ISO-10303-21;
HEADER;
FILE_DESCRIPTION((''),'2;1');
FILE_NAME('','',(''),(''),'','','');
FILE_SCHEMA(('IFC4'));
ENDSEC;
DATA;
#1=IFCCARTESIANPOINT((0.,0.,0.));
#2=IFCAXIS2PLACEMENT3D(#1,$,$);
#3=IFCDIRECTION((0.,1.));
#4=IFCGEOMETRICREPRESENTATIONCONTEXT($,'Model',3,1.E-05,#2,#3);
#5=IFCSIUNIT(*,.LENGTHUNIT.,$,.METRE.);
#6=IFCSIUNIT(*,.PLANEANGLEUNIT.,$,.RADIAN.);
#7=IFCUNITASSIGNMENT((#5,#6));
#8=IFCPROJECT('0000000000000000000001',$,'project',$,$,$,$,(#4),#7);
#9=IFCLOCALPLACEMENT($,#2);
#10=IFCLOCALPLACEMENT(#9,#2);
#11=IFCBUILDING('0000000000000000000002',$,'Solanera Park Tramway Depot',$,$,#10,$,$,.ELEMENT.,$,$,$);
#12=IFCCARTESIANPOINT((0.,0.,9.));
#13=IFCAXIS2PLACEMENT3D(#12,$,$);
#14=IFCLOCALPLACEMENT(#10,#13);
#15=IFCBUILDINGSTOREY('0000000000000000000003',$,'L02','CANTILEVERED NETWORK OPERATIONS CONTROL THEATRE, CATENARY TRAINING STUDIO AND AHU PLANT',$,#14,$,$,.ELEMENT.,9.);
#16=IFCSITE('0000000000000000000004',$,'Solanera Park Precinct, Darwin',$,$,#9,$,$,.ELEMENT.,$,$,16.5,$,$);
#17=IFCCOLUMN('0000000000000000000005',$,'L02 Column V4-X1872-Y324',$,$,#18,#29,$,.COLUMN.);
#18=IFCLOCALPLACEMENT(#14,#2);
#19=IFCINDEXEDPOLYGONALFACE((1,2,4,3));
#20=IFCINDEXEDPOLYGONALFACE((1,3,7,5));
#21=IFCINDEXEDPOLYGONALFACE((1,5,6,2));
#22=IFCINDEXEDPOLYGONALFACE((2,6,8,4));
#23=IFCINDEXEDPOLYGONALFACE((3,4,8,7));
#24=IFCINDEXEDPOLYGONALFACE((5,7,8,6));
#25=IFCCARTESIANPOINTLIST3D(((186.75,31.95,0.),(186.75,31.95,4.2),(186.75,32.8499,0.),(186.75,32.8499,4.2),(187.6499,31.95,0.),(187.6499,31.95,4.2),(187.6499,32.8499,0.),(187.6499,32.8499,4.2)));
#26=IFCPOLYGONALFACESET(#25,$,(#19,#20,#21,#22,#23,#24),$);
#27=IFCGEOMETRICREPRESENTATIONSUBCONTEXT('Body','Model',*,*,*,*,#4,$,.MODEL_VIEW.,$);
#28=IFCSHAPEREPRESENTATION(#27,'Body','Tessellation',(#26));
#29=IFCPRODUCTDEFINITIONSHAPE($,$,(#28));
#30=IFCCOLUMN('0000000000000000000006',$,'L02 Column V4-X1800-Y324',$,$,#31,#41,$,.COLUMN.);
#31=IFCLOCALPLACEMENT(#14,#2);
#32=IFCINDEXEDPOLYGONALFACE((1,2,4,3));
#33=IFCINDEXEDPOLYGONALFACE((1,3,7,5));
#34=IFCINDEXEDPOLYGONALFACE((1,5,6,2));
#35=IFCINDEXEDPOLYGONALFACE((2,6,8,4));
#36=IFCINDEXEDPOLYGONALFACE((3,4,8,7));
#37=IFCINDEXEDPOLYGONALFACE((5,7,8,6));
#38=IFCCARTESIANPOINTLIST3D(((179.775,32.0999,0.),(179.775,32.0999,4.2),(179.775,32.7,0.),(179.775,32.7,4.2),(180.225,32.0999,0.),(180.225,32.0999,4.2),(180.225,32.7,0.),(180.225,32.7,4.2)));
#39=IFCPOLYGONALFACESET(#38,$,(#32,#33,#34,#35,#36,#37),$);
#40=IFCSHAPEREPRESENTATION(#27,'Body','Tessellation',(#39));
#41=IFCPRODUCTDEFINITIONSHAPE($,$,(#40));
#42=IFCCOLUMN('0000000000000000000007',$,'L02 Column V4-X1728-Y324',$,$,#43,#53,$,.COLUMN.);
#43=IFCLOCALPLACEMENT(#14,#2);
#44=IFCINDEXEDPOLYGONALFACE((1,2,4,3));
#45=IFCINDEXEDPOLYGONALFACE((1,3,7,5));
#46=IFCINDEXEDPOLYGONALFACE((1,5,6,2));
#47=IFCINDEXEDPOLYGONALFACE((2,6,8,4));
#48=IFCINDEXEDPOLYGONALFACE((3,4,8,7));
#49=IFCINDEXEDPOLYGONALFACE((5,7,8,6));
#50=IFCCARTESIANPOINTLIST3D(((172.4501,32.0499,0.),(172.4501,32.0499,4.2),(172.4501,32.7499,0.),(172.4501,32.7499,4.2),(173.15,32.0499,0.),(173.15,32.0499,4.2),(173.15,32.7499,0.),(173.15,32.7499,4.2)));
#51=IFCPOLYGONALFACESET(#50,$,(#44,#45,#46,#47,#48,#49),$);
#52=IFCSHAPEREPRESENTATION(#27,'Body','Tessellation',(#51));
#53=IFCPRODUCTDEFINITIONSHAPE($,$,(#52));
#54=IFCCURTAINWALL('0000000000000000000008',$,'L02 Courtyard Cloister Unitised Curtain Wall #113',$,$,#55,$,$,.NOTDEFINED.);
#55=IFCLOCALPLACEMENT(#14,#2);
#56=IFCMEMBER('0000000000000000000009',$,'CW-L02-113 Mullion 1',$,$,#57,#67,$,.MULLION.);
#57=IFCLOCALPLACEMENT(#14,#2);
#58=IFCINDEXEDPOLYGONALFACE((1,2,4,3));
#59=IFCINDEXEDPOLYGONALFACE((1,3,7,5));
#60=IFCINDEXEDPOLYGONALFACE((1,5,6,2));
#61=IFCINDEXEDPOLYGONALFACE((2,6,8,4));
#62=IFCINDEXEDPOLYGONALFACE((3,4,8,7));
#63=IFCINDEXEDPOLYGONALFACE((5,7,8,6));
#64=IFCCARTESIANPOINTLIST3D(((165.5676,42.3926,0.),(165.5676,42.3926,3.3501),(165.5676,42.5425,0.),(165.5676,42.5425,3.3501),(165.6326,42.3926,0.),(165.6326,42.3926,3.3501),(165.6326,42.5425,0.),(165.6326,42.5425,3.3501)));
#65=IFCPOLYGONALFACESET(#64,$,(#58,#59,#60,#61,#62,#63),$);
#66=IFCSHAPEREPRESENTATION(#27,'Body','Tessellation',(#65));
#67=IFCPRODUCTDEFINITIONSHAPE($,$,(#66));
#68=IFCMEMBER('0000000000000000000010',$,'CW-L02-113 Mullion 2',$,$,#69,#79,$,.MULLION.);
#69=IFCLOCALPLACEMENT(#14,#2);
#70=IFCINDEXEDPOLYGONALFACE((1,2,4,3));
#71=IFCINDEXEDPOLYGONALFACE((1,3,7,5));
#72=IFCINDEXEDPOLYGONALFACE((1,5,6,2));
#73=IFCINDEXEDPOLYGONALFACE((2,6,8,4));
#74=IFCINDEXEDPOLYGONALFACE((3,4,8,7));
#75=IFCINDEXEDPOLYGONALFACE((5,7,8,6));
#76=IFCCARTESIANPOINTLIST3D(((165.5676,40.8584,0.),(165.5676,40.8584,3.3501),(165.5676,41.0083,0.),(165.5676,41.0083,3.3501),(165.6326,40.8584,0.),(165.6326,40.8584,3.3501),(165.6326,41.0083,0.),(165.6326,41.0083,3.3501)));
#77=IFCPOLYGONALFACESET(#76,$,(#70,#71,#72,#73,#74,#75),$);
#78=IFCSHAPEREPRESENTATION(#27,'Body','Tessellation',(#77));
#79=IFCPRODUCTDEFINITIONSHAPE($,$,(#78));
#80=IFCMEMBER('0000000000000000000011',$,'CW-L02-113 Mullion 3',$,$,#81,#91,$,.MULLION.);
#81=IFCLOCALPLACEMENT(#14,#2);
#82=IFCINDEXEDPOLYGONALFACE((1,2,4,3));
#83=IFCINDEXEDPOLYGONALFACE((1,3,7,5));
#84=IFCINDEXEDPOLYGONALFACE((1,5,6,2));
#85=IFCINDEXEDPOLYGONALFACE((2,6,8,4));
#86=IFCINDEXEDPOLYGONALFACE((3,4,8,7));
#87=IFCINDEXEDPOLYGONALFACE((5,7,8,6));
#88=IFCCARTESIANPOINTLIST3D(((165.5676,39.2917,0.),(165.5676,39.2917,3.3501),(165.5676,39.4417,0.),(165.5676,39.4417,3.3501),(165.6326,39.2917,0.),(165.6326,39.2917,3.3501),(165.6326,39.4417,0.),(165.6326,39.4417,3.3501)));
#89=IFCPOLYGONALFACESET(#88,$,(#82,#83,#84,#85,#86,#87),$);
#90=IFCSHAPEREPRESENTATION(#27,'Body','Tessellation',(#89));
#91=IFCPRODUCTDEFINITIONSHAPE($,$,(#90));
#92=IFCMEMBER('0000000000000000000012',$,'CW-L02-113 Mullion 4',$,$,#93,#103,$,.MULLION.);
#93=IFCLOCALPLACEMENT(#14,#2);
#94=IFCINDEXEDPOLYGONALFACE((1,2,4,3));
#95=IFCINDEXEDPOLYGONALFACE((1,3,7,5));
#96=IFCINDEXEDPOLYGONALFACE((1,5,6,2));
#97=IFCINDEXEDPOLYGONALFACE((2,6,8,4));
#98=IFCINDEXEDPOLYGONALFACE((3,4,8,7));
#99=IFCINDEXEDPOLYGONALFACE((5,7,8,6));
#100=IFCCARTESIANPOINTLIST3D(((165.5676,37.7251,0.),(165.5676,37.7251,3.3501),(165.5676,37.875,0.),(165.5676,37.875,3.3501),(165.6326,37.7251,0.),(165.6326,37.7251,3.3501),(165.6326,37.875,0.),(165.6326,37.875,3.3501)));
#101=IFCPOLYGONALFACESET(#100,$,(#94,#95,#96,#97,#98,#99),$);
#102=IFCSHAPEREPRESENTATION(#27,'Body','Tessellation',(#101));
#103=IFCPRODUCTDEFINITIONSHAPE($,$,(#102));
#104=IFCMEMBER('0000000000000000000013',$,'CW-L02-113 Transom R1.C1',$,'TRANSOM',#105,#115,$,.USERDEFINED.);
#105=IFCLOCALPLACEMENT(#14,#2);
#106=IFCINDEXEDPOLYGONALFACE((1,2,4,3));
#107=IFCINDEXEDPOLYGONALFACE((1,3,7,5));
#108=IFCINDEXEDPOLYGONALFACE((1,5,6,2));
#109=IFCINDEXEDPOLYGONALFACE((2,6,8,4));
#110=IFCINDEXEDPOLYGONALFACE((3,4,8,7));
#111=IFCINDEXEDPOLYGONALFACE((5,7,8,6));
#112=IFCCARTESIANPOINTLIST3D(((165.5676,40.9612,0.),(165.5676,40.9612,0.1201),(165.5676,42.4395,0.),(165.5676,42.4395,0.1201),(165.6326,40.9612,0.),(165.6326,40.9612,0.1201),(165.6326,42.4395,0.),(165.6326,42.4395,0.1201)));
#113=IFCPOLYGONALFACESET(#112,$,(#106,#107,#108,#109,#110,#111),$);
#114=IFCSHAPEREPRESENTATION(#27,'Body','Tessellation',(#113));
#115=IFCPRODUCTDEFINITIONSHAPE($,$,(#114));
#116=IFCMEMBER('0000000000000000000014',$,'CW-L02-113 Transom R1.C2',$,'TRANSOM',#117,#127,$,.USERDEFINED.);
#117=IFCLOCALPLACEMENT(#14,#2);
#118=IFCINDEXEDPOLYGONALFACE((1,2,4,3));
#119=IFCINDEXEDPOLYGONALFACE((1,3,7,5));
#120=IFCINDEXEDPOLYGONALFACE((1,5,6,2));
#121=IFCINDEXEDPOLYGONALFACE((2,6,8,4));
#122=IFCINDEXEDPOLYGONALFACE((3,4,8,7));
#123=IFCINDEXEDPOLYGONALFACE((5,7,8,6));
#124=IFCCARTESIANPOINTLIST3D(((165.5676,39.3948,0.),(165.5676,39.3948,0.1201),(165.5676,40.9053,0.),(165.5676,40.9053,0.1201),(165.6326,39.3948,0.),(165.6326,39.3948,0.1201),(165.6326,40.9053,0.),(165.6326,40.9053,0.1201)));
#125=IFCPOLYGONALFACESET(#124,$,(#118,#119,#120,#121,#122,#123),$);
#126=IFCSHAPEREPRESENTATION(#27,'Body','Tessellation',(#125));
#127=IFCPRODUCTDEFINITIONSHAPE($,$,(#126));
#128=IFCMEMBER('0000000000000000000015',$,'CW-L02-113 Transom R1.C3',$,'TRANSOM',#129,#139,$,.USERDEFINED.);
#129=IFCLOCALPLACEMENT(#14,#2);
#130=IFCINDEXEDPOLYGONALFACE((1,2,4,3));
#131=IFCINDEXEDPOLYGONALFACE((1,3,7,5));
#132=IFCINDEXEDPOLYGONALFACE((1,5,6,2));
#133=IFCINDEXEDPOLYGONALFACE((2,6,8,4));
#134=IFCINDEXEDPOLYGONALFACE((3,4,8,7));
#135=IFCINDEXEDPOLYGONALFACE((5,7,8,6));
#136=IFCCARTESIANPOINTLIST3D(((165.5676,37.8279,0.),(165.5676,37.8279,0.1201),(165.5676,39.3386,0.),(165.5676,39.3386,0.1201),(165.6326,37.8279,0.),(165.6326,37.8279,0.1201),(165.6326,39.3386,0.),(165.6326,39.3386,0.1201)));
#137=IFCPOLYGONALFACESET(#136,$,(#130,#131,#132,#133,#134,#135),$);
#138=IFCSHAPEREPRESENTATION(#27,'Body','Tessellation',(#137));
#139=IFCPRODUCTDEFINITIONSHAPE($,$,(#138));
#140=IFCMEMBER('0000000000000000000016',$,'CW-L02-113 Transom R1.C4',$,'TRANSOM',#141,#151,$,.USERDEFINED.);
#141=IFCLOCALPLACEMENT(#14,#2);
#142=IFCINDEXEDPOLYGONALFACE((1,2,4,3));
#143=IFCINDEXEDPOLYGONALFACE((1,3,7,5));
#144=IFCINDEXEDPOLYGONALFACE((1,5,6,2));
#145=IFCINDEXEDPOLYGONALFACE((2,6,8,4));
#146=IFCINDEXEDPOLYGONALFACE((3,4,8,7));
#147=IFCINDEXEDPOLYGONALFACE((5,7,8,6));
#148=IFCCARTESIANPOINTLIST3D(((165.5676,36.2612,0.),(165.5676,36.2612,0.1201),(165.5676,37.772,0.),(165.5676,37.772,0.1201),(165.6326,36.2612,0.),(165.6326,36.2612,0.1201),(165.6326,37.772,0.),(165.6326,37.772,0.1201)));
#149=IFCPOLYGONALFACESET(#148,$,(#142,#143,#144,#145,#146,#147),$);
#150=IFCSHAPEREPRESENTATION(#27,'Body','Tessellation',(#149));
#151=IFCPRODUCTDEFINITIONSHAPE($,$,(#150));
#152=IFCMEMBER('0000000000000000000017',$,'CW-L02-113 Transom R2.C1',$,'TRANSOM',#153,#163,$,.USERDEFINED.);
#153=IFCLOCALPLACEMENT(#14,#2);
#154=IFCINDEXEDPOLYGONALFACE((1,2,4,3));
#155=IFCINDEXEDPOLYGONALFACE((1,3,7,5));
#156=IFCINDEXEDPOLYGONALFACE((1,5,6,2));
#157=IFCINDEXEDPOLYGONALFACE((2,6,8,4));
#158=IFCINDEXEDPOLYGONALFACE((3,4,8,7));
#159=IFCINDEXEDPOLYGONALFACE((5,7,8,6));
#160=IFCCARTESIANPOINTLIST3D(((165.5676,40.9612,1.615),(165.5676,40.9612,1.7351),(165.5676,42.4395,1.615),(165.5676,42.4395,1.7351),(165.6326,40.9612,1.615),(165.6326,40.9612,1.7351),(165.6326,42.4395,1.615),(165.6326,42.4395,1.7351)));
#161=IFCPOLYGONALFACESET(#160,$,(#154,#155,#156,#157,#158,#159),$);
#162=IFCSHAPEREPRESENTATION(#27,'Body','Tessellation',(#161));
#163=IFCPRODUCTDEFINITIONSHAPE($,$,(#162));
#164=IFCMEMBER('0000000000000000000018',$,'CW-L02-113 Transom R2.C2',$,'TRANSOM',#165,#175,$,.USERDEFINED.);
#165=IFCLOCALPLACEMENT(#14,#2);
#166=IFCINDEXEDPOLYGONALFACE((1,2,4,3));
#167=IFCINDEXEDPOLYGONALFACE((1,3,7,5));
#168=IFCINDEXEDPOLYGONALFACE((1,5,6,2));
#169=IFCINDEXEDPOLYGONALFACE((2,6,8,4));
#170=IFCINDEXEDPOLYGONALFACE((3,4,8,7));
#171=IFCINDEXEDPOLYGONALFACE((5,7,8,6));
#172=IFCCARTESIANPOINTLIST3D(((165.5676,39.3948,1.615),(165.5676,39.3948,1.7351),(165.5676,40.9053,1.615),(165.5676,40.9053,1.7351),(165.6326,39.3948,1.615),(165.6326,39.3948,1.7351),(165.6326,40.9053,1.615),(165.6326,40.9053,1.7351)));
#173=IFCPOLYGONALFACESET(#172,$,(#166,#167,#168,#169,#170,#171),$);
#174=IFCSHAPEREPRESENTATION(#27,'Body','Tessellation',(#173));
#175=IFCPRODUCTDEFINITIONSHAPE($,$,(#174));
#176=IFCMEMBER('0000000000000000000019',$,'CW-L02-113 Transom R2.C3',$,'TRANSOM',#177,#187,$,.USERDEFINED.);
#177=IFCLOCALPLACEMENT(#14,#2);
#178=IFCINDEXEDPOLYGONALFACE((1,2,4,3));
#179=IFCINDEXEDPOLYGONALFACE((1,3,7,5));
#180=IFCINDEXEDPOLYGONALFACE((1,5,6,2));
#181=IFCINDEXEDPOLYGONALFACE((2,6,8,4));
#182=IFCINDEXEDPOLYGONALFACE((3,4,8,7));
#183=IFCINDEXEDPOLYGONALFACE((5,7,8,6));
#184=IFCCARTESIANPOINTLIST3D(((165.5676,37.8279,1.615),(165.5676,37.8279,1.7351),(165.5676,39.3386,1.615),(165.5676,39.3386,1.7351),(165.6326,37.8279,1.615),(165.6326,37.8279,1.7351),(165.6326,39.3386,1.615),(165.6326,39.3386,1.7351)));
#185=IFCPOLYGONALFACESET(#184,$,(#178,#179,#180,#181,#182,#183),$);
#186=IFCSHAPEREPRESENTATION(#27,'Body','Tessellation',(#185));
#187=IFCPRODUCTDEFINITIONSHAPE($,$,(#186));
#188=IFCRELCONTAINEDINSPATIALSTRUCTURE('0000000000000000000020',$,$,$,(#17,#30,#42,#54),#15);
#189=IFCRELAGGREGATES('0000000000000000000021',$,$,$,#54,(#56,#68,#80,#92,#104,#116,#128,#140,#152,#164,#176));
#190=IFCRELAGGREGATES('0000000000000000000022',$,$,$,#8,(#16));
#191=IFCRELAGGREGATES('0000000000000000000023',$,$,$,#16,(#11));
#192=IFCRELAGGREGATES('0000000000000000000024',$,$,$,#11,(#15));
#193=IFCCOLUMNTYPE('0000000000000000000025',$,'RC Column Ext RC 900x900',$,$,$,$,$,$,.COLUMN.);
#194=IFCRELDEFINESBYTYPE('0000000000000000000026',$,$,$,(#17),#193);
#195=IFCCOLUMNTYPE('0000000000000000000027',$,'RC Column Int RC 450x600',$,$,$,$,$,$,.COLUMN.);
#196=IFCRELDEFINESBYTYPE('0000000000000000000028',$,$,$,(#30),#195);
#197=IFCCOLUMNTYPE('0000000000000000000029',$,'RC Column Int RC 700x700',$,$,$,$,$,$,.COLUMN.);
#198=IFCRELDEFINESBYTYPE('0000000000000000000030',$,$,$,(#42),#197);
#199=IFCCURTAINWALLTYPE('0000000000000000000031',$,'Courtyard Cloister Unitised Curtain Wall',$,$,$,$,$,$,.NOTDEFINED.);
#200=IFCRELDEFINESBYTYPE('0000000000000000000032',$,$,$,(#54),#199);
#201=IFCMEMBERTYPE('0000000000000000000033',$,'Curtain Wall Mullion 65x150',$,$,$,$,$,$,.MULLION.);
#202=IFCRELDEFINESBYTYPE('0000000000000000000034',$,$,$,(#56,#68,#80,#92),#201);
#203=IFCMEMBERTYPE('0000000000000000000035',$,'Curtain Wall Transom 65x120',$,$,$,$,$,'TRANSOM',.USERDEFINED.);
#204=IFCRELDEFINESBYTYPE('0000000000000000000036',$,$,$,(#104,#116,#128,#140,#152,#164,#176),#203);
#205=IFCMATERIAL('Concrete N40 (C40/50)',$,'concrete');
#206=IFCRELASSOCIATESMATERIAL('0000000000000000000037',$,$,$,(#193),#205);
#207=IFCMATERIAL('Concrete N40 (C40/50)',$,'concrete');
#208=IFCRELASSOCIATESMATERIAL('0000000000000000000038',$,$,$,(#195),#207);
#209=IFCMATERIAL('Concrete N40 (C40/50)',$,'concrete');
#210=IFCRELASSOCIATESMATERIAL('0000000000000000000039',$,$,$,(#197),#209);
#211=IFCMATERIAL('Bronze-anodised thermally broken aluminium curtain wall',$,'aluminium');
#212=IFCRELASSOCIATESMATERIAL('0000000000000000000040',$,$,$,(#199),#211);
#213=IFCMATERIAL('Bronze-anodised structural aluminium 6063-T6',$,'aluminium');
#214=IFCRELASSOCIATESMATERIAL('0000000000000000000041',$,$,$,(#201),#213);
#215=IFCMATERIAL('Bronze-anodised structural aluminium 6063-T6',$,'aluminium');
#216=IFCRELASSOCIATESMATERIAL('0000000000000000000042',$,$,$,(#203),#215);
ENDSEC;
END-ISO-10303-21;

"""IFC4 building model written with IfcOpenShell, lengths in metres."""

from ifc_helpers import new_model, si_unit, direction, frame, origin, origin_2d, place, context, subcontext, project, spatial, rectangle, extrude, material, material_profile, profile_set, type_object, element, aggregate, save


model = new_model("IFC4")

# Units and contexts
model_context = context("Model", 3, precision=1e-05, world=origin(), true_north=direction((0.0, 1.0)))
body_context = subcontext(model_context, "Body", "Model", "MODEL_VIEW")
ifc_project = project(units=[si_unit("LENGTHUNIT", "METRE"), si_unit("PLANEANGLEUNIT", "RADIAN")], contexts=[model_context])

# Site, building, storey
site_placement = place(None, origin())
site = spatial("IfcSite", under=ifc_project, at=site_placement, Name="Solanera Park Precinct, Darwin", CompositionType="ELEMENT", RefElevation=16.5)
building_placement = place(site_placement, origin())
building = spatial("IfcBuilding", under=site, at=building_placement, Name="Solanera Park Tramway Depot", CompositionType="ELEMENT")
storey_placement = place(building_placement, frame((0.0, 0.0, 9.0)))
storey = spatial("IfcBuildingStorey", under=building, at=storey_placement, Name="L02", Description="CANTILEVERED NETWORK OPERATIONS CONTROL THEATRE, CATENARY TRAINING STUDIO AND AHU PLANT", CompositionType="ELEMENT", Elevation=9.0)

# Columns
ifc_material_1 = material(Name="Concrete N40 (C40/50)", Category="concrete")
ifc_material_profile_1 = material_profile(ifc_material_1, rectangle(XDim=0.8999, YDim=0.8999, at=origin_2d()), Name="RC 900x900")
ifc_profile_set_1 = profile_set([ifc_material_profile_1], Name="Concrete N40 (C40/50)")
column_type_1 = type_object("IfcColumnType", Name="RC Column Ext RC 900x900", PredefinedType="COLUMN", material=ifc_profile_set_1)
column_1_placement = place(storey_placement, frame((187.2, 32.3999, 0.0), z_axis=(0.0, 0.0, 1.0), x_axis=(1.0, 0.0, 0.0)))
element("IfcColumn", 1, at=column_1_placement, inside=storey, type_object=column_type_1, Name="L02 Column V4-X1872-Y324", PredefinedType="COLUMN", context=body_context, shape_type="SweptSolid", body=[
    extrude(rectangle(XDim=0.8999, YDim=0.8999, at=origin_2d()), origin(), (0.0, 0.0, 1.0), 4.2),
])
ifc_material_2 = material(Name="Concrete N40 (C40/50)", Category="concrete")
ifc_material_profile_2 = material_profile(ifc_material_2, rectangle(XDim=0.45, YDim=0.6001, at=origin_2d()), Name="RC 450x600")
ifc_profile_set_2 = profile_set([ifc_material_profile_2], Name="Concrete N40 (C40/50)")
column_type_2 = type_object("IfcColumnType", Name="RC Column Int RC 450x600", PredefinedType="COLUMN", material=ifc_profile_set_2)
column_2_placement = place(storey_placement, frame((180.0, 32.3999, 0.0), z_axis=(0.0, 0.0, 1.0), x_axis=(1.0, 0.0, 0.0)))
element("IfcColumn", 2, at=column_2_placement, inside=storey, type_object=column_type_2, Name="L02 Column V4-X1800-Y324", PredefinedType="COLUMN", context=body_context, shape_type="SweptSolid", body=[
    extrude(rectangle(XDim=0.45, YDim=0.6001, at=origin_2d()), origin(), (0.0, 0.0, 1.0), 4.2),
])
ifc_material_3 = material(Name="Concrete N40 (C40/50)", Category="concrete")
ifc_material_profile_3 = material_profile(ifc_material_3, rectangle(XDim=0.7, YDim=0.7, at=origin_2d()), Name="RC 700x700")
ifc_profile_set_3 = profile_set([ifc_material_profile_3], Name="Concrete N40 (C40/50)")
column_type_3 = type_object("IfcColumnType", Name="RC Column Int RC 700x700", PredefinedType="COLUMN", material=ifc_profile_set_3)
column_3_placement = place(storey_placement, frame((172.8, 32.3999, 0.0), z_axis=(0.0, 0.0, 1.0), x_axis=(1.0, 0.0, 0.0)))
element("IfcColumn", 3, at=column_3_placement, inside=storey, type_object=column_type_3, Name="L02 Column V4-X1728-Y324", PredefinedType="COLUMN", context=body_context, shape_type="SweptSolid", body=[
    extrude(rectangle(XDim=0.7, YDim=0.7, at=origin_2d()), origin(), (0.0, 0.0, 1.0), 4.2),
])

# Curtain wall, members
ifc_material_4 = material(Name="Bronze-anodised thermally broken aluminium curtain wall", Category="aluminium")
curtain_wall_type = type_object("IfcCurtainWallType", Name="Courtyard Cloister Unitised Curtain Wall", PredefinedType="NOTDEFINED", material=ifc_material_4)
curtain_wall_placement = place(storey_placement, origin())
curtain_wall = element("IfcCurtainWall", 4, at=curtain_wall_placement, inside=storey, type_object=curtain_wall_type, Name="L02 Courtyard Cloister Unitised Curtain Wall #113", PredefinedType="NOTDEFINED")
ifc_material_5 = material(Name="Bronze-anodised structural aluminium 6063-T6", Category="aluminium")
ifc_material_profile_4 = material_profile(ifc_material_5, rectangle(XDim=0.0649, YDim=0.1499, at=origin_2d()), Name="Curtain Wall Mullion 65x150")
ifc_profile_set_4 = profile_set([ifc_material_profile_4], Name="Bronze-anodised structural aluminium 6063-T6")
member_type_1 = type_object("IfcMemberType", Name="Curtain Wall Mullion 65x150", PredefinedType="MULLION", material=ifc_profile_set_4)
member_1_placement = place(storey_placement, frame((165.6001, 42.4675, 0.0), z_axis=(0.0, 0.0, 1.0), x_axis=(1.0, 0.0, 0.0)))
member_1 = element("IfcMember", 5, at=member_1_placement, type_object=member_type_1, Name="CW-L02-113 Mullion 1", PredefinedType="MULLION", context=body_context, shape_type="SweptSolid", body=[
    extrude(rectangle(XDim=0.0649, YDim=0.1499, at=origin_2d()), origin(), (0.0, 0.0, 1.0), 3.3501),
])
member_2_placement = place(storey_placement, frame((165.6001, 40.9333, 0.0), z_axis=(0.0, 0.0, 1.0), x_axis=(1.0, 0.0, 0.0)))
member_2 = element("IfcMember", 6, at=member_2_placement, type_object=member_type_1, Name="CW-L02-113 Mullion 2", PredefinedType="MULLION", context=body_context, shape_type="SweptSolid", body=[
    extrude(rectangle(XDim=0.0649, YDim=0.1499, at=origin_2d()), origin(), (0.0, 0.0, 1.0), 3.3501),
])
member_3_placement = place(storey_placement, frame((165.6001, 39.3667, 0.0), z_axis=(0.0, 0.0, 1.0), x_axis=(1.0, 0.0, 0.0)))
member_3 = element("IfcMember", 7, at=member_3_placement, type_object=member_type_1, Name="CW-L02-113 Mullion 3", PredefinedType="MULLION", context=body_context, shape_type="SweptSolid", body=[
    extrude(rectangle(XDim=0.0649, YDim=0.1499, at=origin_2d()), origin(), (0.0, 0.0, 1.0), 3.3501),
])
member_4_placement = place(storey_placement, frame((165.6001, 37.8, 0.0), z_axis=(0.0, 0.0, 1.0), x_axis=(1.0, 0.0, 0.0)))
member_4 = element("IfcMember", 8, at=member_4_placement, type_object=member_type_1, Name="CW-L02-113 Mullion 4", PredefinedType="MULLION", context=body_context, shape_type="SweptSolid", body=[
    extrude(rectangle(XDim=0.0649, YDim=0.1499, at=origin_2d()), origin(), (0.0, 0.0, 1.0), 3.3501),
])
ifc_material_6 = material(Name="Bronze-anodised structural aluminium 6063-T6", Category="aluminium")
ifc_material_profile_5 = material_profile(ifc_material_6, rectangle(XDim=0.0649, YDim=0.1201, at=origin_2d()), Name="Curtain Wall Transom 65x120")
ifc_profile_set_5 = profile_set([ifc_material_profile_5], Name="Bronze-anodised structural aluminium 6063-T6")
member_type_2 = type_object("IfcMemberType", Name="Curtain Wall Transom 65x120", ElementType="TRANSOM", PredefinedType="USERDEFINED", material=ifc_profile_set_5)
member_5_placement = place(storey_placement, frame((165.6001, 42.4395, 0.0601), z_axis=(0.0, -1.0, 0.0), x_axis=(1.0, 0.0, 0.0)))
member_5 = element("IfcMember", 9, at=member_5_placement, type_object=member_type_2, Name="CW-L02-113 Transom R1.C1", ObjectType="TRANSOM", PredefinedType="USERDEFINED", context=body_context, shape_type="SweptSolid", body=[
    extrude(rectangle(XDim=0.0649, YDim=0.1201, at=origin_2d()), origin(), (0.0, 0.0, 1.0), 1.4783),
])
member_6_placement = place(storey_placement, frame((165.6001, 40.9053, 0.0601), z_axis=(0.0, -1.0, 0.0), x_axis=(1.0, 0.0, 0.0)))
member_6 = element("IfcMember", 10, at=member_6_placement, type_object=member_type_2, Name="CW-L02-113 Transom R1.C2", ObjectType="TRANSOM", PredefinedType="USERDEFINED", context=body_context, shape_type="SweptSolid", body=[
    extrude(rectangle(XDim=0.0649, YDim=0.1201, at=origin_2d()), origin(), (0.0, 0.0, 1.0), 1.5105),
])
member_7_placement = place(storey_placement, frame((165.6001, 39.3386, 0.0601), z_axis=(0.0, -1.0, 0.0), x_axis=(1.0, 0.0, 0.0)))
member_7 = element("IfcMember", 11, at=member_7_placement, type_object=member_type_2, Name="CW-L02-113 Transom R1.C3", ObjectType="TRANSOM", PredefinedType="USERDEFINED", context=body_context, shape_type="SweptSolid", body=[
    extrude(rectangle(XDim=0.0649, YDim=0.1201, at=origin_2d()), origin(), (0.0, 0.0, 1.0), 1.5107),
])
member_8_placement = place(storey_placement, frame((165.6001, 37.772, 0.0601), z_axis=(0.0, -1.0, 0.0), x_axis=(1.0, 0.0, 0.0)))
member_8 = element("IfcMember", 12, at=member_8_placement, type_object=member_type_2, Name="CW-L02-113 Transom R1.C4", ObjectType="TRANSOM", PredefinedType="USERDEFINED", context=body_context, shape_type="SweptSolid", body=[
    extrude(rectangle(XDim=0.0649, YDim=0.1201, at=origin_2d()), origin(), (0.0, 0.0, 1.0), 1.5107),
])
member_9_placement = place(storey_placement, frame((165.6001, 42.4395, 1.675), z_axis=(0.0, -1.0, 0.0), x_axis=(1.0, 0.0, 0.0)))
member_9 = element("IfcMember", 13, at=member_9_placement, type_object=member_type_2, Name="CW-L02-113 Transom R2.C1", ObjectType="TRANSOM", PredefinedType="USERDEFINED", context=body_context, shape_type="SweptSolid", body=[
    extrude(rectangle(XDim=0.0649, YDim=0.1201, at=origin_2d()), origin(), (0.0, 0.0, 1.0), 1.4783),
])
member_10_placement = place(storey_placement, frame((165.6001, 40.9053, 1.675), z_axis=(0.0, -1.0, 0.0), x_axis=(1.0, 0.0, 0.0)))
member_10 = element("IfcMember", 14, at=member_10_placement, type_object=member_type_2, Name="CW-L02-113 Transom R2.C2", ObjectType="TRANSOM", PredefinedType="USERDEFINED", context=body_context, shape_type="SweptSolid", body=[
    extrude(rectangle(XDim=0.0649, YDim=0.1201, at=origin_2d()), origin(), (0.0, 0.0, 1.0), 1.5105),
])
member_11_placement = place(storey_placement, frame((165.6001, 39.3386, 1.675), z_axis=(0.0, -1.0, 0.0), x_axis=(1.0, 0.0, 0.0)))
member_11 = element("IfcMember", 15, at=member_11_placement, type_object=member_type_2, Name="CW-L02-113 Transom R2.C3", ObjectType="TRANSOM", PredefinedType="USERDEFINED", context=body_context, shape_type="SweptSolid", body=[
    extrude(rectangle(XDim=0.0649, YDim=0.1201, at=origin_2d()), origin(), (0.0, 0.0, 1.0), 1.5107),
])

aggregate(curtain_wall, [member_1, member_2, member_3, member_4, member_5, member_6, member_7, member_8, member_9, member_10, member_11])

save(model, "model.ifc")
